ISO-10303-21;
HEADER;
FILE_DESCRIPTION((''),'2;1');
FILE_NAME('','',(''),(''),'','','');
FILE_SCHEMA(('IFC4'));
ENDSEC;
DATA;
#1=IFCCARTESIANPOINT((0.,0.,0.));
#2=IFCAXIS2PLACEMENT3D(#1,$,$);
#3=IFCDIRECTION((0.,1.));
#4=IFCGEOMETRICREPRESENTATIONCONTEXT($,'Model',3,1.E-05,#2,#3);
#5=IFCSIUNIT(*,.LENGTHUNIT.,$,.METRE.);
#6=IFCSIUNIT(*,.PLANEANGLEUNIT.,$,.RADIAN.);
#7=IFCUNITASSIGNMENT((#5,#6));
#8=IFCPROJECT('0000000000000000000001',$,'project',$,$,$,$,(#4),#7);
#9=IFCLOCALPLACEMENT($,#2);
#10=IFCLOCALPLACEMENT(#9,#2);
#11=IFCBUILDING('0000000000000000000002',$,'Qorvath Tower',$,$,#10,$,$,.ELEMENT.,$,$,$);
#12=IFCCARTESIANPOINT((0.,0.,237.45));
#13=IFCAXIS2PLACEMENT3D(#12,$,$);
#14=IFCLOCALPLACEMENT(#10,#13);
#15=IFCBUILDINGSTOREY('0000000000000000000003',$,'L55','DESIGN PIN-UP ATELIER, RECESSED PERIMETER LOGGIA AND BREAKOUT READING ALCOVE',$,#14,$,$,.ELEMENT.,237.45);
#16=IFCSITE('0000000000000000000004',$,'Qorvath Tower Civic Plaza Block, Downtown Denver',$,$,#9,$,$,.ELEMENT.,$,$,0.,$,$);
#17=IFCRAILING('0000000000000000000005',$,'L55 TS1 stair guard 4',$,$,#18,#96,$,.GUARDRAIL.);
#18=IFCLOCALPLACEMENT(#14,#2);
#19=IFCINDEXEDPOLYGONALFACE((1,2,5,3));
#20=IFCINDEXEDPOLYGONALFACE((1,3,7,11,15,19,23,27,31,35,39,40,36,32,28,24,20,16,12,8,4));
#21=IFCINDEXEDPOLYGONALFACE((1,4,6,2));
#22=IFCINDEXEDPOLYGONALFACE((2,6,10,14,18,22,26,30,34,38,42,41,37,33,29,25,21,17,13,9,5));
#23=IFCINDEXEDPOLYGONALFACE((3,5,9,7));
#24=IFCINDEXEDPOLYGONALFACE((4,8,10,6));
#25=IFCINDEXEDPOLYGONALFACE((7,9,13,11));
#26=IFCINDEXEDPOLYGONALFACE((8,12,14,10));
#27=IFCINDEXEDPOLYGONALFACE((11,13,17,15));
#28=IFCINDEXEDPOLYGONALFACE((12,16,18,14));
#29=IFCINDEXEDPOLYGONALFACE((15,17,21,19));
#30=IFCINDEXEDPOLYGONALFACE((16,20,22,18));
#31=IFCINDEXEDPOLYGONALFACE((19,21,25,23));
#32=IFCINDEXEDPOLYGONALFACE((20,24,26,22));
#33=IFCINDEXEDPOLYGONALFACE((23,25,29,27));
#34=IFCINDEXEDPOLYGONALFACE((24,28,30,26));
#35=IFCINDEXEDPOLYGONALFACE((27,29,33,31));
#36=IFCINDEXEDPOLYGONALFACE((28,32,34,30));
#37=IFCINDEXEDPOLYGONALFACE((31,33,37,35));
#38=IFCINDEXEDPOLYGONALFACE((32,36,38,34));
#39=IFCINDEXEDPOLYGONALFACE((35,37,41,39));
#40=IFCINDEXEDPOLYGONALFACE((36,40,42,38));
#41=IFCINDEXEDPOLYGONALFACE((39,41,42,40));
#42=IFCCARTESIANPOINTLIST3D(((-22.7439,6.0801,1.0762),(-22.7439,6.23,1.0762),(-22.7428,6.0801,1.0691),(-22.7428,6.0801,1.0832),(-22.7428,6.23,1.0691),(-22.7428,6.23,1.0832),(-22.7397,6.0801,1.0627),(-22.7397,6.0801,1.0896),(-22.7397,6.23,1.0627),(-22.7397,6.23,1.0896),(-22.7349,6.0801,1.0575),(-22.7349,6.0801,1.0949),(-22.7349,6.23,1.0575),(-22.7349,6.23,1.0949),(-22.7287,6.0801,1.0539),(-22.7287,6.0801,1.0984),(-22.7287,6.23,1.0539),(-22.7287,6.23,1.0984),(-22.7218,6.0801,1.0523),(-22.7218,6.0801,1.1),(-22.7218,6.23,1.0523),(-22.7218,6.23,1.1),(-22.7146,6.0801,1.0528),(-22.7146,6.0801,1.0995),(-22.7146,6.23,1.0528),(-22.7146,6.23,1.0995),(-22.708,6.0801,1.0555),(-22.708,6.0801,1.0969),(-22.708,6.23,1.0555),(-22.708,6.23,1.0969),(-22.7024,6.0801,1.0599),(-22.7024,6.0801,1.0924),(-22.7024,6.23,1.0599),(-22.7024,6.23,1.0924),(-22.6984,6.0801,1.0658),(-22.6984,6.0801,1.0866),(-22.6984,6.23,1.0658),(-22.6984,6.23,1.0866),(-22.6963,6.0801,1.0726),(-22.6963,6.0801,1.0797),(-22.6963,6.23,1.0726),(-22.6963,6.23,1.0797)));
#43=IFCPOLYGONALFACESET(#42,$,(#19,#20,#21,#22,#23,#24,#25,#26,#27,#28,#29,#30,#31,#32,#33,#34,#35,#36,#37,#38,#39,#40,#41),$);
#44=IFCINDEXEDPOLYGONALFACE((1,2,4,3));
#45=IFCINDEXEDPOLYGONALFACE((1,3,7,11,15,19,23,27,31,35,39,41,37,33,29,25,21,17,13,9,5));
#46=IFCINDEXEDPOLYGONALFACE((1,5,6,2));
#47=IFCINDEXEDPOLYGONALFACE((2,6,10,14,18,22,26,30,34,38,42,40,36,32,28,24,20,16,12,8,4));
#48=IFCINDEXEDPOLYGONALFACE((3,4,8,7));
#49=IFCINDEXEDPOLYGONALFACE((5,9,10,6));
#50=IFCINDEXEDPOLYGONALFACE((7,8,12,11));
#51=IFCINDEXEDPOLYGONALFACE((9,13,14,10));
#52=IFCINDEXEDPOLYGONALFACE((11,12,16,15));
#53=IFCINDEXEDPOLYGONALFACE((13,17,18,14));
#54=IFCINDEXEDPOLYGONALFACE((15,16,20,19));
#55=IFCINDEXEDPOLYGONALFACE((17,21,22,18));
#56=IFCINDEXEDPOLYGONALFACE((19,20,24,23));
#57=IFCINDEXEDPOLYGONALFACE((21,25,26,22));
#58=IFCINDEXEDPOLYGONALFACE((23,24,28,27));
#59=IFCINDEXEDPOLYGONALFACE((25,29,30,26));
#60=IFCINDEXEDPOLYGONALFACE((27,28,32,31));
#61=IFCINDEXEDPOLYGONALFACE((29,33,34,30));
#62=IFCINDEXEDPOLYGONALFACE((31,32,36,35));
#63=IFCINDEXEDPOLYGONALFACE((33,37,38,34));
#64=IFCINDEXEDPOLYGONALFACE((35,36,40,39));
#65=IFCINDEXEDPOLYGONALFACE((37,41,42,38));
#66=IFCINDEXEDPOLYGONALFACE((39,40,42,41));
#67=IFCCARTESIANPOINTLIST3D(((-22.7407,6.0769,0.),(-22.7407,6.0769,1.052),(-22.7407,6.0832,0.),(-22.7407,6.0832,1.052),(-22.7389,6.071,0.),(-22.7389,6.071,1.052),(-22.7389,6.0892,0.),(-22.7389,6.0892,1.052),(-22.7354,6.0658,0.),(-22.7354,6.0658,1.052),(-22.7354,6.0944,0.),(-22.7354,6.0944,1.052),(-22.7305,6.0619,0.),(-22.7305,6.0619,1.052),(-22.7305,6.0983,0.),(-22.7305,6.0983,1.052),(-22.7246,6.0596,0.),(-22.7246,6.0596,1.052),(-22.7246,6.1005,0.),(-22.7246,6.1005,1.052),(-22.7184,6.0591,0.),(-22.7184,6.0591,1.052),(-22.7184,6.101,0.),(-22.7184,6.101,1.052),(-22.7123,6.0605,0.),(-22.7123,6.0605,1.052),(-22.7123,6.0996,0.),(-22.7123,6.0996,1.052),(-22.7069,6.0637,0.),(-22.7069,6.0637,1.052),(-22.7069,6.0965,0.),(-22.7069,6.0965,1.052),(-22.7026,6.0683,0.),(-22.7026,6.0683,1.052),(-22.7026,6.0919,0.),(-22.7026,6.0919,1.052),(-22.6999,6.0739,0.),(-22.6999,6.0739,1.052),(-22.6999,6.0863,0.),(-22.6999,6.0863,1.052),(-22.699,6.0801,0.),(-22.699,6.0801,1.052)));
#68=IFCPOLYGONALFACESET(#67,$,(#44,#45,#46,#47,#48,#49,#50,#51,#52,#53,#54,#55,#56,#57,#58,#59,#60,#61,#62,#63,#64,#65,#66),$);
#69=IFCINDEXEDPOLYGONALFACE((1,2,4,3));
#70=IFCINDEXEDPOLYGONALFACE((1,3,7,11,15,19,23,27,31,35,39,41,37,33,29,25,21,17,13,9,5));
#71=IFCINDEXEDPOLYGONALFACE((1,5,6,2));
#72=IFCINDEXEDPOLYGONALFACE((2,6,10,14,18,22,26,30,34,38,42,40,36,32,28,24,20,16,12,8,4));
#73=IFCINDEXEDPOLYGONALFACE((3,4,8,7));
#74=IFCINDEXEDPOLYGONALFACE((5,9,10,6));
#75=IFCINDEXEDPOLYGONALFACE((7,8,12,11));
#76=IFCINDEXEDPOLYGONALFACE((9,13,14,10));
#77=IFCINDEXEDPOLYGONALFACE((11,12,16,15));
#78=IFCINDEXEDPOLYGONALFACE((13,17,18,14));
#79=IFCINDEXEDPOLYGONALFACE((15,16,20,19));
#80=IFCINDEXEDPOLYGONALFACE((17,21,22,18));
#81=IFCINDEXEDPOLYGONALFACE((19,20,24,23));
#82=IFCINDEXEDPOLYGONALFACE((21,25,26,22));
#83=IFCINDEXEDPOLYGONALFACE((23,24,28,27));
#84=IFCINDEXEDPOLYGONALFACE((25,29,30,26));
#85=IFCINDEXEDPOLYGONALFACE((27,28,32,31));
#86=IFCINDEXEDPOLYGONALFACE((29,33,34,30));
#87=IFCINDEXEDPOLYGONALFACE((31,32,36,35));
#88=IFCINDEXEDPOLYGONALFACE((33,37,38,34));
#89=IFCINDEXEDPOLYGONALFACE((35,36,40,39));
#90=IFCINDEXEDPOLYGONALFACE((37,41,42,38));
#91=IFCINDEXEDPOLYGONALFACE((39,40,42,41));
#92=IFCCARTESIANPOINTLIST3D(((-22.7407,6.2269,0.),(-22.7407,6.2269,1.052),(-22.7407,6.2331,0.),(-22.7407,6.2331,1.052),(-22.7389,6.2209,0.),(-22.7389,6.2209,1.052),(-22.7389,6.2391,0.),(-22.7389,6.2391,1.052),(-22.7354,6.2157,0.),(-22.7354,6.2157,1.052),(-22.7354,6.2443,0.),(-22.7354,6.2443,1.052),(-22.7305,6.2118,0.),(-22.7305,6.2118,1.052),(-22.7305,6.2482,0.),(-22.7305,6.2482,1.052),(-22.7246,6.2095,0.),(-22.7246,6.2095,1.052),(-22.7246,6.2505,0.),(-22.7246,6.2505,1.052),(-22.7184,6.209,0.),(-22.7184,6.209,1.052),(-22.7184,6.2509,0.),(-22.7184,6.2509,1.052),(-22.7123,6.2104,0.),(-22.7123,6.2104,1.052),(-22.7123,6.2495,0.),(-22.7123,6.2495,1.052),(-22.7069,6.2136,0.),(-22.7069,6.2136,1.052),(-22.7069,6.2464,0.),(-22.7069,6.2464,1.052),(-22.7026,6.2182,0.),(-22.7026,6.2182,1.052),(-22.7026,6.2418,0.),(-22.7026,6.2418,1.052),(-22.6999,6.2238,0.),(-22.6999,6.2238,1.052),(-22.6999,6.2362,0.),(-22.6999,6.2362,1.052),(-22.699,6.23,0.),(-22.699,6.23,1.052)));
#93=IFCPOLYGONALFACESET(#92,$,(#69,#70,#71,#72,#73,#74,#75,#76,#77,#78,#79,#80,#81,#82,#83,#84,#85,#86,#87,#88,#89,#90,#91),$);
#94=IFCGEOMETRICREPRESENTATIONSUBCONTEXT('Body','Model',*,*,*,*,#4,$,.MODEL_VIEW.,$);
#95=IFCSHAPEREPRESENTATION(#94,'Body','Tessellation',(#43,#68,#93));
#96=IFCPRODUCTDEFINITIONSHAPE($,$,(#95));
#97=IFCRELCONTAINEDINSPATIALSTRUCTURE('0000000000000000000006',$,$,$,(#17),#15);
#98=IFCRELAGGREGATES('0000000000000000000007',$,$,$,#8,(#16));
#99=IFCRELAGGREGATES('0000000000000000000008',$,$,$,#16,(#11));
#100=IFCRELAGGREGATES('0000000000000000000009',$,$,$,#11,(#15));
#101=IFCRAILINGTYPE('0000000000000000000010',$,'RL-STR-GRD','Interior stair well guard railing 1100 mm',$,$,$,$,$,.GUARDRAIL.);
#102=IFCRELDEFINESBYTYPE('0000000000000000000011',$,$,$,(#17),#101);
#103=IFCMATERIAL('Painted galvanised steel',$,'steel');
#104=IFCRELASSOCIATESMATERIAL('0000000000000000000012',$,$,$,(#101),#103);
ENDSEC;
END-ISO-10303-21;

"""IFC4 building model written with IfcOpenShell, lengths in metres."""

from ifc_helpers import new_model, si_unit, direction, frame, origin, origin_2d, place, context, subcontext, project, spatial, circle, extrude, material, type_object, element, save


model = new_model("IFC4")

# Units and contexts
model_context = context("Model", 3, precision=1e-05, world=origin(), true_north=direction((0.0, 1.0)))
body_context = subcontext(model_context, "Body", "Model", "MODEL_VIEW")
ifc_project = project(units=[si_unit("LENGTHUNIT", "METRE"), si_unit("PLANEANGLEUNIT", "RADIAN")], contexts=[model_context])

# Site, building, storey
site_placement = place(None, origin())
site = spatial("IfcSite", under=ifc_project, at=site_placement, Name="Qorvath Tower Civic Plaza Block, Downtown Denver", CompositionType="ELEMENT", RefElevation=0.0)
building_placement = place(site_placement, origin())
building = spatial("IfcBuilding", under=site, at=building_placement, Name="Qorvath Tower", CompositionType="ELEMENT")
storey_placement = place(building_placement, frame((0.0, 0.0, 237.45)))
storey = spatial("IfcBuildingStorey", under=building, at=storey_placement, Name="L55", Description="DESIGN PIN-UP ATELIER, RECESSED PERIMETER LOGGIA AND BREAKOUT READING ALCOVE", CompositionType="ELEMENT", Elevation=237.45)

# Railing
ifc_material_1 = material(Name="Painted galvanised steel", Category="steel")
railing_type_1 = type_object("IfcRailingType", Name="RL-STR-GRD", Description="Interior stair well guard railing 1100 mm", PredefinedType="GUARDRAIL", material=ifc_material_1)
railing_1_placement = place(storey_placement, frame((-22.72, 6.0801, 0.0)))
element("IfcRailing", 1, at=railing_1_placement, inside=storey, type_object=railing_type_1, Name="L55 TS1 stair guard 4", PredefinedType="GUARDRAIL", context=body_context, shape_type="SweptSolid", body=[
    extrude(circle(Radius=0.0239, at=origin_2d()), frame((0.0, 0.0, 1.0762), z_axis=(0.0, 1.0, 0.0), x_axis=(-1.0, 0.0, 0.0)), (0.0, 0.0, 1.0), 0.1499),
    extrude(circle(Radius=0.021, at=origin_2d()), origin(), (0.0, 0.0, 1.0), 1.052),
    extrude(circle(Radius=0.021, at=origin_2d()), frame((0.0, 0.1499, 0.0)), (0.0, 0.0, 1.0), 1.052),
])

save(model, "model.ifc")
